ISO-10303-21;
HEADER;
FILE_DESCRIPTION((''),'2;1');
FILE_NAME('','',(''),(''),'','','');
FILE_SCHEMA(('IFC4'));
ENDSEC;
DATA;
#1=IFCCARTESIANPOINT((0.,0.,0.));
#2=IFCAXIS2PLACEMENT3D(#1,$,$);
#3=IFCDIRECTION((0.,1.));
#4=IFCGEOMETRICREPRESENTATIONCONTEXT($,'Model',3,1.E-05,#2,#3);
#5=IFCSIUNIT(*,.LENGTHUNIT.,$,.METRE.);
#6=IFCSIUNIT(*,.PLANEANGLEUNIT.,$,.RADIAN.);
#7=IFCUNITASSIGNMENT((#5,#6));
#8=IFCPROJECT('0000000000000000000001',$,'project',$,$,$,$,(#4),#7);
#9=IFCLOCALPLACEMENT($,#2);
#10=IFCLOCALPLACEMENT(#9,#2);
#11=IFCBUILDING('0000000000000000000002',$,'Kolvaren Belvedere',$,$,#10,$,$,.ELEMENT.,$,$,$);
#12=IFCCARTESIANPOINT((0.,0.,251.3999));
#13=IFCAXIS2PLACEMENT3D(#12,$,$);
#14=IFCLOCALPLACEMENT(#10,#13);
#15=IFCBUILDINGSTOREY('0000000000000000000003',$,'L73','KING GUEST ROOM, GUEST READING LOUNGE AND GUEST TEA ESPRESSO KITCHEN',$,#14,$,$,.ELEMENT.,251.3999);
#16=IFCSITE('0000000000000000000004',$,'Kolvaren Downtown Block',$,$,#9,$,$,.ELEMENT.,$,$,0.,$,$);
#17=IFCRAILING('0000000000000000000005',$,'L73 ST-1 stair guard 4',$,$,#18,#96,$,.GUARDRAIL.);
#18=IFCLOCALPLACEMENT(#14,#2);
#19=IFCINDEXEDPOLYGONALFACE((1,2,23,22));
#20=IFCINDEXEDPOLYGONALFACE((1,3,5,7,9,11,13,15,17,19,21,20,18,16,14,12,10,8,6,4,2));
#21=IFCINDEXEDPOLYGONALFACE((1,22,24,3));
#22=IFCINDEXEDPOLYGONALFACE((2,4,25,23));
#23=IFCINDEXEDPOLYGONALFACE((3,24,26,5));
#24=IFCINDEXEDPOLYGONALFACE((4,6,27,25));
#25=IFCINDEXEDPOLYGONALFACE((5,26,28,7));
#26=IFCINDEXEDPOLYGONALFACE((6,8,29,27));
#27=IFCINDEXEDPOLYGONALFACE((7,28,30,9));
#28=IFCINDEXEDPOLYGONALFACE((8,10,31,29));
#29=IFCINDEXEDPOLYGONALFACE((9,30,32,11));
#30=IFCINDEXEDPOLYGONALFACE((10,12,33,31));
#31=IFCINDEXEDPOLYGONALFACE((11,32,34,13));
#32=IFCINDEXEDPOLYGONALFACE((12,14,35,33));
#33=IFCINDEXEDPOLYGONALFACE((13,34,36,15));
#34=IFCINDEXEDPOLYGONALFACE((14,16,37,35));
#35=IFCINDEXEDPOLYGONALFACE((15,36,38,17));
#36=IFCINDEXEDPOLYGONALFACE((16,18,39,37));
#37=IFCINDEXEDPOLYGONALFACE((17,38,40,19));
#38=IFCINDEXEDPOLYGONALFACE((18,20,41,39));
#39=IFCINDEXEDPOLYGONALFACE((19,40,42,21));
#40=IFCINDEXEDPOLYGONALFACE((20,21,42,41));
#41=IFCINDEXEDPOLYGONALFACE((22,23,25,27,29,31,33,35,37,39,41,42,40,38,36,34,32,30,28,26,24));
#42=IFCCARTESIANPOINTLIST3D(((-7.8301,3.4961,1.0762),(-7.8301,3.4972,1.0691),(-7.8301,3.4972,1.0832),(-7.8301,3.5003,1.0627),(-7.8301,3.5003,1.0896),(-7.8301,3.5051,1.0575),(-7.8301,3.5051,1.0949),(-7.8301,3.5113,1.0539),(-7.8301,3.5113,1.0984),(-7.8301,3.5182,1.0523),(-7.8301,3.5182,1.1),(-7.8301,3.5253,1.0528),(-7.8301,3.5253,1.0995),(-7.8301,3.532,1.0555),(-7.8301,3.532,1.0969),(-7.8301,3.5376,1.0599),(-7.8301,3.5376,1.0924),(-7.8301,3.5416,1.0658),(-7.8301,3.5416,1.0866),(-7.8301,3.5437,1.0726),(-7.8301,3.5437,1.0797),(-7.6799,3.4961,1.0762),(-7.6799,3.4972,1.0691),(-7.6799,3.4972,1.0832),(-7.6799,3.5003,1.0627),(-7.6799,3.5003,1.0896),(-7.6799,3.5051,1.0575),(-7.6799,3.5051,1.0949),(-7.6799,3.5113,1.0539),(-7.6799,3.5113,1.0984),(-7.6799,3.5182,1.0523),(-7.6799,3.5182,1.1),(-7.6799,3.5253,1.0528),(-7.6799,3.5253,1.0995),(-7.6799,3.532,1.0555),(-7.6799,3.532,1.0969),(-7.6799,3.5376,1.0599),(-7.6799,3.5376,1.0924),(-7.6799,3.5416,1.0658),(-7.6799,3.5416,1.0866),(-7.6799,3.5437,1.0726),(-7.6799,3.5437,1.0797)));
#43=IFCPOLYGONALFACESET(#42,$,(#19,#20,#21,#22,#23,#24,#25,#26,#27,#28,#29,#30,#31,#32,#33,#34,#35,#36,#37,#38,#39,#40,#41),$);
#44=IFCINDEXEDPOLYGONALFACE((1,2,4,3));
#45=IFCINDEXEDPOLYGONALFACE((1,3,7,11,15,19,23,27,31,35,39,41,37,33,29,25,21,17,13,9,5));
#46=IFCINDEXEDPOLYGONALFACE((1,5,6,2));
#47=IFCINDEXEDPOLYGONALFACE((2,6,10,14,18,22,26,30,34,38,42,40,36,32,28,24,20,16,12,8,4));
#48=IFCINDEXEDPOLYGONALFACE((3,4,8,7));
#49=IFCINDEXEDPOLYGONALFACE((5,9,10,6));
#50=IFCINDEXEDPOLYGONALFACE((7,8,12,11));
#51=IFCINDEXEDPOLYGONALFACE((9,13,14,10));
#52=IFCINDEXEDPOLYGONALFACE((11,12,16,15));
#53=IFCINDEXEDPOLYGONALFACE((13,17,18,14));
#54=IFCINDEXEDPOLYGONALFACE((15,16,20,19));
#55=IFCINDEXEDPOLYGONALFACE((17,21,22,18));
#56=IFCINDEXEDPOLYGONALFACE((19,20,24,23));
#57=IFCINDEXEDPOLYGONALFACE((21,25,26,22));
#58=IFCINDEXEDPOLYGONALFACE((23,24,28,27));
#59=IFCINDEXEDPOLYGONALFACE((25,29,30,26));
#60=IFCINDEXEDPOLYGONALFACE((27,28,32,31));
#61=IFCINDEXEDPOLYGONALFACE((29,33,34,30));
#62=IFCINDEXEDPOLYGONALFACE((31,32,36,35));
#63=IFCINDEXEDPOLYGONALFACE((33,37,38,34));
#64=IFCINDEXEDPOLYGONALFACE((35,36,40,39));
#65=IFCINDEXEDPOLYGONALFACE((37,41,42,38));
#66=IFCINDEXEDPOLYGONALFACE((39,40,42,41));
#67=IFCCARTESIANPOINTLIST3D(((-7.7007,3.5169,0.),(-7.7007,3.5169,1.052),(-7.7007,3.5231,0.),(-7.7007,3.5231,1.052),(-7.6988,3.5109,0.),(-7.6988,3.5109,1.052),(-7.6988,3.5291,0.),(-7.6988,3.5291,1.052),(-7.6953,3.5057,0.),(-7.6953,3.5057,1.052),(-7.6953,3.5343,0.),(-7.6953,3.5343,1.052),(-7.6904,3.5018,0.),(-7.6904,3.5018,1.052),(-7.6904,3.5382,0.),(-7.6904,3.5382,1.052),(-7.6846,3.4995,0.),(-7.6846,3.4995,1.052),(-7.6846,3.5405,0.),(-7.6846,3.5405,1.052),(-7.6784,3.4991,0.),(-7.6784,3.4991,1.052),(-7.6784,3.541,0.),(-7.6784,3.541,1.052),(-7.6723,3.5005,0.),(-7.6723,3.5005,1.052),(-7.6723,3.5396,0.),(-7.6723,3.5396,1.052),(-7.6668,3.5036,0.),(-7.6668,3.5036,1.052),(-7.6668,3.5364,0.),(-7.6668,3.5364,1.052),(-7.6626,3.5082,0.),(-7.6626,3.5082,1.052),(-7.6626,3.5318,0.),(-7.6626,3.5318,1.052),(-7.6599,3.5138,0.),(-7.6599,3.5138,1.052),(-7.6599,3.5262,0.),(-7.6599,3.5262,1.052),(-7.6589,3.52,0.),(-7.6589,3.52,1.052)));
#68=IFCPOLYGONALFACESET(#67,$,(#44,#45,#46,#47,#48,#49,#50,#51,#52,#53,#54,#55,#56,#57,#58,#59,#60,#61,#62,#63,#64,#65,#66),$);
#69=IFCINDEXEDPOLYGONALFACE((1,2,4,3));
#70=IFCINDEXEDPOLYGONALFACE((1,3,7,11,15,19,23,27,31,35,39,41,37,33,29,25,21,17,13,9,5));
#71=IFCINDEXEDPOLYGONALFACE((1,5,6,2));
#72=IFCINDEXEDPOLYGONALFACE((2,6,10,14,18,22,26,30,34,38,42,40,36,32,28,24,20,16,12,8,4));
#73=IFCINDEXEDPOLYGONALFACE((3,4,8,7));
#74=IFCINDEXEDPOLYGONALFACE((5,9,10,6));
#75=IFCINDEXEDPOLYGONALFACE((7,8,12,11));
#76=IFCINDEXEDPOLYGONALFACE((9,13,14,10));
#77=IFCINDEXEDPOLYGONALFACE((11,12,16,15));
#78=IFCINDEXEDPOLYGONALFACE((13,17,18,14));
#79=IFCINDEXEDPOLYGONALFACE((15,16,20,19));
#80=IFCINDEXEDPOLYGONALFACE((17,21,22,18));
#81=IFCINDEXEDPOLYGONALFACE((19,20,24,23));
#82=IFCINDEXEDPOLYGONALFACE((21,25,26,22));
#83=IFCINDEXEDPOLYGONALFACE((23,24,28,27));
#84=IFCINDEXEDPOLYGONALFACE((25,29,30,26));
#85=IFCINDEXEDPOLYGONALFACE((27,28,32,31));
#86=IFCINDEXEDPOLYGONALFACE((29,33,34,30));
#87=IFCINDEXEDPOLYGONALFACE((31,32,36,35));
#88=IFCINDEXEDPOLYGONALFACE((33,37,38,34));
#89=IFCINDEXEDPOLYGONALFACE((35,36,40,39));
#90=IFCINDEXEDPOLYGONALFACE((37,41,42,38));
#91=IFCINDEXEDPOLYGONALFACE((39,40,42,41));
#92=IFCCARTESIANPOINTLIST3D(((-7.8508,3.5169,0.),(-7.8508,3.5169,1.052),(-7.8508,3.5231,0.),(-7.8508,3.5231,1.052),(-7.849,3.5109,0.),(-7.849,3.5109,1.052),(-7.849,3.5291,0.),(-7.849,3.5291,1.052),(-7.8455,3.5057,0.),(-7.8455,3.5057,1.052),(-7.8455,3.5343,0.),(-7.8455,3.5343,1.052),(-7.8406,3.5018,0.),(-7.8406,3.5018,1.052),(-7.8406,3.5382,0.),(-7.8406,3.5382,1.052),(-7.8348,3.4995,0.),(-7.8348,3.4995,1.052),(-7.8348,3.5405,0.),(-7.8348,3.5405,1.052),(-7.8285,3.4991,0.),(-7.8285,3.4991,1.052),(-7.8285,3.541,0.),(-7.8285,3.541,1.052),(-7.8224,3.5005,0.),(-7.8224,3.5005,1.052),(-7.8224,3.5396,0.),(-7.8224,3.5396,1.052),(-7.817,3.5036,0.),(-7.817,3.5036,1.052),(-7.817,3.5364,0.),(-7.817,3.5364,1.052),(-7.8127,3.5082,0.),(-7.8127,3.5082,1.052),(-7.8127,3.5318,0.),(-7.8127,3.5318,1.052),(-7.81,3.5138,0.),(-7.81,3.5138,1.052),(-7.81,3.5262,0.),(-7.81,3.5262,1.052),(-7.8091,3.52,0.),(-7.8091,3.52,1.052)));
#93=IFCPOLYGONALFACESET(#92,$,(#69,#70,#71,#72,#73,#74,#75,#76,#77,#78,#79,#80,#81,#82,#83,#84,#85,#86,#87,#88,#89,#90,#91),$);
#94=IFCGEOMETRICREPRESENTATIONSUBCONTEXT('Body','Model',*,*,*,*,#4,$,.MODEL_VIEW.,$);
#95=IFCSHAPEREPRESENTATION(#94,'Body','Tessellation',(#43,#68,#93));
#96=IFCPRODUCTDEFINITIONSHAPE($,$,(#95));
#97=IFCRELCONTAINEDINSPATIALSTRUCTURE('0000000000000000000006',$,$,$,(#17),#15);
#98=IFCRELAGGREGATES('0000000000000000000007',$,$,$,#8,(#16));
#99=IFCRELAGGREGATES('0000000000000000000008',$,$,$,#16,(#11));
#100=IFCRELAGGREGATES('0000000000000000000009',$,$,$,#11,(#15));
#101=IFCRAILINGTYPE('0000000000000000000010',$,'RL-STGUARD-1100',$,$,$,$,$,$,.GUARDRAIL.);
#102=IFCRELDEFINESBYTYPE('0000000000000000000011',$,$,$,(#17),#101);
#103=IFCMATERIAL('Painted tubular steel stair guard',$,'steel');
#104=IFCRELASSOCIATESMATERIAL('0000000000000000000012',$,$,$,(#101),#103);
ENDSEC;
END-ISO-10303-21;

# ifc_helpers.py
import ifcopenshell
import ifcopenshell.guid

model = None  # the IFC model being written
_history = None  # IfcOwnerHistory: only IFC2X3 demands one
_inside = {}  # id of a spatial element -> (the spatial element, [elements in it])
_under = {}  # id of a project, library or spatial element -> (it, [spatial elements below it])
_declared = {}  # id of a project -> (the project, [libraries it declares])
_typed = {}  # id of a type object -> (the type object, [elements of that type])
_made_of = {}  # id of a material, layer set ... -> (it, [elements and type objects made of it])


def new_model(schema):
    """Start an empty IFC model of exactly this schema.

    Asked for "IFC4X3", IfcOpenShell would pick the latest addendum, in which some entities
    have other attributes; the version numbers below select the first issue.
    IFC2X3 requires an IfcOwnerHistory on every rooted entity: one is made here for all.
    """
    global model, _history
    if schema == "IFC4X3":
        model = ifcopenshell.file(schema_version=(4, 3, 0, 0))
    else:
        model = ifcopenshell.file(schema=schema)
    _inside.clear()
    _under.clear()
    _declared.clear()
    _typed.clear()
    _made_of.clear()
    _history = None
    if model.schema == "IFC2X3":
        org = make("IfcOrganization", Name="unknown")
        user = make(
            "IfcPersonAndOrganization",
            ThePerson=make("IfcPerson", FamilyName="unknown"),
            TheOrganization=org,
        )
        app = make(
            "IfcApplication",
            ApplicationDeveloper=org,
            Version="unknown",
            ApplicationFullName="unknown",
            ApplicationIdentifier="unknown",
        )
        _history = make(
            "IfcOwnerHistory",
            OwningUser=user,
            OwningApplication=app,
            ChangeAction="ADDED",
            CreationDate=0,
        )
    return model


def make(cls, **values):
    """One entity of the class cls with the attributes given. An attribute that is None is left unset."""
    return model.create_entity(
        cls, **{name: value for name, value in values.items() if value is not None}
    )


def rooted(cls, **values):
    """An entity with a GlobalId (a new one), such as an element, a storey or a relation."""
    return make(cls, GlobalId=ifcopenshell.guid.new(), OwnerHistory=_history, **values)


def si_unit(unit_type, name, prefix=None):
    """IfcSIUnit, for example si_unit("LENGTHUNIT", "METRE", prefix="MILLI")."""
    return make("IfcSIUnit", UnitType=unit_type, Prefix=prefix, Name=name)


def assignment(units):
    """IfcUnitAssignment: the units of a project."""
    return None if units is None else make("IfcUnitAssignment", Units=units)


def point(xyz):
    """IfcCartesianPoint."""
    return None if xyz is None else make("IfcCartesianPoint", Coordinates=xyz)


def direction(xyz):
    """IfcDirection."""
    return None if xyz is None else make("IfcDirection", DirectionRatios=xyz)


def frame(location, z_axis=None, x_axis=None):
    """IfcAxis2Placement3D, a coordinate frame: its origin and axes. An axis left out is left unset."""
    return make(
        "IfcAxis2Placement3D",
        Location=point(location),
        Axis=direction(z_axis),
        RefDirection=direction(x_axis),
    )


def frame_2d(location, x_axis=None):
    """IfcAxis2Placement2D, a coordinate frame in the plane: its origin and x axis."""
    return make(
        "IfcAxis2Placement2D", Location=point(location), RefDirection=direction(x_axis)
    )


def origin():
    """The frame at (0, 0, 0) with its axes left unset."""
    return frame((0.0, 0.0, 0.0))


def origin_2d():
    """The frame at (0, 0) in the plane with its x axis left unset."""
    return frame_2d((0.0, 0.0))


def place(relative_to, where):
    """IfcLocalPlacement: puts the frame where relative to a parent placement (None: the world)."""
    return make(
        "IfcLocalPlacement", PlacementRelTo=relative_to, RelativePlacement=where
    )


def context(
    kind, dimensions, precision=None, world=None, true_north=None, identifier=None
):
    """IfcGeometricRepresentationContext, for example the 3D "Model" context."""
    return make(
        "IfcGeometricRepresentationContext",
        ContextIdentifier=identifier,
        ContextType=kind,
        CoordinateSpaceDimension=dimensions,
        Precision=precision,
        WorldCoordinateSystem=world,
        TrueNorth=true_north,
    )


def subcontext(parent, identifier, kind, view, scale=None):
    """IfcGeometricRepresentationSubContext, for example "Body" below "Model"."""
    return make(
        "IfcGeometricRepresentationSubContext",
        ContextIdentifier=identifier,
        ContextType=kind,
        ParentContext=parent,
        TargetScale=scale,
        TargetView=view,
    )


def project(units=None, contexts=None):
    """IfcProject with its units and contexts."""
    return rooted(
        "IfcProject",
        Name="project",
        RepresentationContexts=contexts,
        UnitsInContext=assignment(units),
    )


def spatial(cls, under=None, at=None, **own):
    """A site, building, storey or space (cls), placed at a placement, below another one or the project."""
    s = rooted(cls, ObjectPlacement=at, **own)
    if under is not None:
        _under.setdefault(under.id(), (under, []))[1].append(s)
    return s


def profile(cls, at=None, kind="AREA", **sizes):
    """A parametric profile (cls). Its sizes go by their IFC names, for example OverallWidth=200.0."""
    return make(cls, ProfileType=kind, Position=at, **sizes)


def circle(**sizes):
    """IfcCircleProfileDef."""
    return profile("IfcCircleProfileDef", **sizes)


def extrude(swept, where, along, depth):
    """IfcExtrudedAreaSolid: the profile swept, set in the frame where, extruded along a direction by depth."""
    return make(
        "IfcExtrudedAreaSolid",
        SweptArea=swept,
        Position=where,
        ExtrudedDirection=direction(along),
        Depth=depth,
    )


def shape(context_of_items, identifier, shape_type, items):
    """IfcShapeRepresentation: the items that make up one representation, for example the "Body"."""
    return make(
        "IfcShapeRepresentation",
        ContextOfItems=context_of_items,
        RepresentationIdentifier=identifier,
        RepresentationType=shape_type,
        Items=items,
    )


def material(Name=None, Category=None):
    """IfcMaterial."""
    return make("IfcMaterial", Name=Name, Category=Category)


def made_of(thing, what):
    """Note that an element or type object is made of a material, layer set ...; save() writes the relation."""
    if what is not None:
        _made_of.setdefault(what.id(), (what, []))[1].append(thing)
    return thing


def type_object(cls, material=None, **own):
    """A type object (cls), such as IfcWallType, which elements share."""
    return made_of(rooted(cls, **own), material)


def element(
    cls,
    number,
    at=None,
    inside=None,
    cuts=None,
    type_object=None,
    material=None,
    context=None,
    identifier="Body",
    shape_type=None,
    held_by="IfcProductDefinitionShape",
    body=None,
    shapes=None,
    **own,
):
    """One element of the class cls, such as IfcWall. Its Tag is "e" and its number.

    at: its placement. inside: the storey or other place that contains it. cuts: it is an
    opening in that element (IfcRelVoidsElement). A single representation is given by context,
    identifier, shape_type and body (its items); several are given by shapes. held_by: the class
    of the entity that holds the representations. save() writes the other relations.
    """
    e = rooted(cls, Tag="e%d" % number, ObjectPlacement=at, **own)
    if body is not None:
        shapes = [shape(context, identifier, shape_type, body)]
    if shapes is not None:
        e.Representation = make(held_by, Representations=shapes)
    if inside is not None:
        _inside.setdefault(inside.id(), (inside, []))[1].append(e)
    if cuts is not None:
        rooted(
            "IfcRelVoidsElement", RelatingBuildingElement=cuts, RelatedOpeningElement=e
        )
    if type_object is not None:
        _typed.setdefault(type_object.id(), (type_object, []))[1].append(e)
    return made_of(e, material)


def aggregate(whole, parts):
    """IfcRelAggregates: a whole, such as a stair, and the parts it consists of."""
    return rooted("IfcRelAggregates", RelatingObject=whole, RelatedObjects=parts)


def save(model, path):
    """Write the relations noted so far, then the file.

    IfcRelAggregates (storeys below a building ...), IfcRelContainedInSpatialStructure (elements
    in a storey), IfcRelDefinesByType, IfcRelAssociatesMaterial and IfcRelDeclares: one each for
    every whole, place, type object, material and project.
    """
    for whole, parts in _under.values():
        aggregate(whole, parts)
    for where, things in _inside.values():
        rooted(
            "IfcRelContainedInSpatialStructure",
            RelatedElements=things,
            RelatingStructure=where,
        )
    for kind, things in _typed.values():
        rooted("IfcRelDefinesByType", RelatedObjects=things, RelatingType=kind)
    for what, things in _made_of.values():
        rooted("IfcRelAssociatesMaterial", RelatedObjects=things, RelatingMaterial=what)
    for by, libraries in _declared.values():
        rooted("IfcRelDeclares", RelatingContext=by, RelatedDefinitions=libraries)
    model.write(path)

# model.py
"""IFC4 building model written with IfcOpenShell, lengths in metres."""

from ifc_helpers import new_model, si_unit, direction, frame, origin, origin_2d, place, context, subcontext, project, spatial, circle, extrude, material, type_object, element, save


model = new_model("IFC4")

# Units and contexts
model_context = context("Model", 3, precision=1e-05, world=origin(), true_north=direction((0.0, 1.0)))
body_context = subcontext(model_context, "Body", "Model", "MODEL_VIEW")
ifc_project = project(units=[si_unit("LENGTHUNIT", "METRE"), si_unit("PLANEANGLEUNIT", "RADIAN")], contexts=[model_context])

# Site, building, storey
site_placement = place(None, origin())
site = spatial("IfcSite", under=ifc_project, at=site_placement, Name="Kolvaren Downtown Block", CompositionType="ELEMENT", RefElevation=0.0)
building_placement = place(site_placement, origin())
building = spatial("IfcBuilding", under=site, at=building_placement, Name="Kolvaren Belvedere", CompositionType="ELEMENT")
storey_placement = place(building_placement, frame((0.0, 0.0, 251.3999)))
storey = spatial("IfcBuildingStorey", under=building, at=storey_placement, Name="L73", Description="KING GUEST ROOM, GUEST READING LOUNGE AND GUEST TEA ESPRESSO KITCHEN", CompositionType="ELEMENT", Elevation=251.3999)

# Railing
ifc_material_1 = material(Name="Painted tubular steel stair guard", Category="steel")
railing_type_1 = type_object("IfcRailingType", Name="RL-STGUARD-1100", PredefinedType="GUARDRAIL", material=ifc_material_1)
railing_1_placement = place(storey_placement, frame((-7.6799, 3.52, 0.0)))
element("IfcRailing", 1, at=railing_1_placement, inside=storey, type_object=railing_type_1, Name="L73 ST-1 stair guard 4", PredefinedType="GUARDRAIL", context=body_context, shape_type="SweptSolid", body=[
    extrude(circle(Radius=0.0239, at=origin_2d()), frame((0.0, 0.0, 1.0762), z_axis=(-1.0, 0.0, 0.0), x_axis=(0.0, -1.0, 0.0)), (0.0, 0.0, 1.0), 0.1501),
    extrude(circle(Radius=0.021, at=origin_2d()), origin(), (0.0, 0.0, 1.0), 1.052),
    extrude(circle(Radius=0.021, at=origin_2d()), frame((-0.1501, 0.0, 0.0)), (0.0, 0.0, 1.0), 1.052),
])

save(model, "model.ifc")
